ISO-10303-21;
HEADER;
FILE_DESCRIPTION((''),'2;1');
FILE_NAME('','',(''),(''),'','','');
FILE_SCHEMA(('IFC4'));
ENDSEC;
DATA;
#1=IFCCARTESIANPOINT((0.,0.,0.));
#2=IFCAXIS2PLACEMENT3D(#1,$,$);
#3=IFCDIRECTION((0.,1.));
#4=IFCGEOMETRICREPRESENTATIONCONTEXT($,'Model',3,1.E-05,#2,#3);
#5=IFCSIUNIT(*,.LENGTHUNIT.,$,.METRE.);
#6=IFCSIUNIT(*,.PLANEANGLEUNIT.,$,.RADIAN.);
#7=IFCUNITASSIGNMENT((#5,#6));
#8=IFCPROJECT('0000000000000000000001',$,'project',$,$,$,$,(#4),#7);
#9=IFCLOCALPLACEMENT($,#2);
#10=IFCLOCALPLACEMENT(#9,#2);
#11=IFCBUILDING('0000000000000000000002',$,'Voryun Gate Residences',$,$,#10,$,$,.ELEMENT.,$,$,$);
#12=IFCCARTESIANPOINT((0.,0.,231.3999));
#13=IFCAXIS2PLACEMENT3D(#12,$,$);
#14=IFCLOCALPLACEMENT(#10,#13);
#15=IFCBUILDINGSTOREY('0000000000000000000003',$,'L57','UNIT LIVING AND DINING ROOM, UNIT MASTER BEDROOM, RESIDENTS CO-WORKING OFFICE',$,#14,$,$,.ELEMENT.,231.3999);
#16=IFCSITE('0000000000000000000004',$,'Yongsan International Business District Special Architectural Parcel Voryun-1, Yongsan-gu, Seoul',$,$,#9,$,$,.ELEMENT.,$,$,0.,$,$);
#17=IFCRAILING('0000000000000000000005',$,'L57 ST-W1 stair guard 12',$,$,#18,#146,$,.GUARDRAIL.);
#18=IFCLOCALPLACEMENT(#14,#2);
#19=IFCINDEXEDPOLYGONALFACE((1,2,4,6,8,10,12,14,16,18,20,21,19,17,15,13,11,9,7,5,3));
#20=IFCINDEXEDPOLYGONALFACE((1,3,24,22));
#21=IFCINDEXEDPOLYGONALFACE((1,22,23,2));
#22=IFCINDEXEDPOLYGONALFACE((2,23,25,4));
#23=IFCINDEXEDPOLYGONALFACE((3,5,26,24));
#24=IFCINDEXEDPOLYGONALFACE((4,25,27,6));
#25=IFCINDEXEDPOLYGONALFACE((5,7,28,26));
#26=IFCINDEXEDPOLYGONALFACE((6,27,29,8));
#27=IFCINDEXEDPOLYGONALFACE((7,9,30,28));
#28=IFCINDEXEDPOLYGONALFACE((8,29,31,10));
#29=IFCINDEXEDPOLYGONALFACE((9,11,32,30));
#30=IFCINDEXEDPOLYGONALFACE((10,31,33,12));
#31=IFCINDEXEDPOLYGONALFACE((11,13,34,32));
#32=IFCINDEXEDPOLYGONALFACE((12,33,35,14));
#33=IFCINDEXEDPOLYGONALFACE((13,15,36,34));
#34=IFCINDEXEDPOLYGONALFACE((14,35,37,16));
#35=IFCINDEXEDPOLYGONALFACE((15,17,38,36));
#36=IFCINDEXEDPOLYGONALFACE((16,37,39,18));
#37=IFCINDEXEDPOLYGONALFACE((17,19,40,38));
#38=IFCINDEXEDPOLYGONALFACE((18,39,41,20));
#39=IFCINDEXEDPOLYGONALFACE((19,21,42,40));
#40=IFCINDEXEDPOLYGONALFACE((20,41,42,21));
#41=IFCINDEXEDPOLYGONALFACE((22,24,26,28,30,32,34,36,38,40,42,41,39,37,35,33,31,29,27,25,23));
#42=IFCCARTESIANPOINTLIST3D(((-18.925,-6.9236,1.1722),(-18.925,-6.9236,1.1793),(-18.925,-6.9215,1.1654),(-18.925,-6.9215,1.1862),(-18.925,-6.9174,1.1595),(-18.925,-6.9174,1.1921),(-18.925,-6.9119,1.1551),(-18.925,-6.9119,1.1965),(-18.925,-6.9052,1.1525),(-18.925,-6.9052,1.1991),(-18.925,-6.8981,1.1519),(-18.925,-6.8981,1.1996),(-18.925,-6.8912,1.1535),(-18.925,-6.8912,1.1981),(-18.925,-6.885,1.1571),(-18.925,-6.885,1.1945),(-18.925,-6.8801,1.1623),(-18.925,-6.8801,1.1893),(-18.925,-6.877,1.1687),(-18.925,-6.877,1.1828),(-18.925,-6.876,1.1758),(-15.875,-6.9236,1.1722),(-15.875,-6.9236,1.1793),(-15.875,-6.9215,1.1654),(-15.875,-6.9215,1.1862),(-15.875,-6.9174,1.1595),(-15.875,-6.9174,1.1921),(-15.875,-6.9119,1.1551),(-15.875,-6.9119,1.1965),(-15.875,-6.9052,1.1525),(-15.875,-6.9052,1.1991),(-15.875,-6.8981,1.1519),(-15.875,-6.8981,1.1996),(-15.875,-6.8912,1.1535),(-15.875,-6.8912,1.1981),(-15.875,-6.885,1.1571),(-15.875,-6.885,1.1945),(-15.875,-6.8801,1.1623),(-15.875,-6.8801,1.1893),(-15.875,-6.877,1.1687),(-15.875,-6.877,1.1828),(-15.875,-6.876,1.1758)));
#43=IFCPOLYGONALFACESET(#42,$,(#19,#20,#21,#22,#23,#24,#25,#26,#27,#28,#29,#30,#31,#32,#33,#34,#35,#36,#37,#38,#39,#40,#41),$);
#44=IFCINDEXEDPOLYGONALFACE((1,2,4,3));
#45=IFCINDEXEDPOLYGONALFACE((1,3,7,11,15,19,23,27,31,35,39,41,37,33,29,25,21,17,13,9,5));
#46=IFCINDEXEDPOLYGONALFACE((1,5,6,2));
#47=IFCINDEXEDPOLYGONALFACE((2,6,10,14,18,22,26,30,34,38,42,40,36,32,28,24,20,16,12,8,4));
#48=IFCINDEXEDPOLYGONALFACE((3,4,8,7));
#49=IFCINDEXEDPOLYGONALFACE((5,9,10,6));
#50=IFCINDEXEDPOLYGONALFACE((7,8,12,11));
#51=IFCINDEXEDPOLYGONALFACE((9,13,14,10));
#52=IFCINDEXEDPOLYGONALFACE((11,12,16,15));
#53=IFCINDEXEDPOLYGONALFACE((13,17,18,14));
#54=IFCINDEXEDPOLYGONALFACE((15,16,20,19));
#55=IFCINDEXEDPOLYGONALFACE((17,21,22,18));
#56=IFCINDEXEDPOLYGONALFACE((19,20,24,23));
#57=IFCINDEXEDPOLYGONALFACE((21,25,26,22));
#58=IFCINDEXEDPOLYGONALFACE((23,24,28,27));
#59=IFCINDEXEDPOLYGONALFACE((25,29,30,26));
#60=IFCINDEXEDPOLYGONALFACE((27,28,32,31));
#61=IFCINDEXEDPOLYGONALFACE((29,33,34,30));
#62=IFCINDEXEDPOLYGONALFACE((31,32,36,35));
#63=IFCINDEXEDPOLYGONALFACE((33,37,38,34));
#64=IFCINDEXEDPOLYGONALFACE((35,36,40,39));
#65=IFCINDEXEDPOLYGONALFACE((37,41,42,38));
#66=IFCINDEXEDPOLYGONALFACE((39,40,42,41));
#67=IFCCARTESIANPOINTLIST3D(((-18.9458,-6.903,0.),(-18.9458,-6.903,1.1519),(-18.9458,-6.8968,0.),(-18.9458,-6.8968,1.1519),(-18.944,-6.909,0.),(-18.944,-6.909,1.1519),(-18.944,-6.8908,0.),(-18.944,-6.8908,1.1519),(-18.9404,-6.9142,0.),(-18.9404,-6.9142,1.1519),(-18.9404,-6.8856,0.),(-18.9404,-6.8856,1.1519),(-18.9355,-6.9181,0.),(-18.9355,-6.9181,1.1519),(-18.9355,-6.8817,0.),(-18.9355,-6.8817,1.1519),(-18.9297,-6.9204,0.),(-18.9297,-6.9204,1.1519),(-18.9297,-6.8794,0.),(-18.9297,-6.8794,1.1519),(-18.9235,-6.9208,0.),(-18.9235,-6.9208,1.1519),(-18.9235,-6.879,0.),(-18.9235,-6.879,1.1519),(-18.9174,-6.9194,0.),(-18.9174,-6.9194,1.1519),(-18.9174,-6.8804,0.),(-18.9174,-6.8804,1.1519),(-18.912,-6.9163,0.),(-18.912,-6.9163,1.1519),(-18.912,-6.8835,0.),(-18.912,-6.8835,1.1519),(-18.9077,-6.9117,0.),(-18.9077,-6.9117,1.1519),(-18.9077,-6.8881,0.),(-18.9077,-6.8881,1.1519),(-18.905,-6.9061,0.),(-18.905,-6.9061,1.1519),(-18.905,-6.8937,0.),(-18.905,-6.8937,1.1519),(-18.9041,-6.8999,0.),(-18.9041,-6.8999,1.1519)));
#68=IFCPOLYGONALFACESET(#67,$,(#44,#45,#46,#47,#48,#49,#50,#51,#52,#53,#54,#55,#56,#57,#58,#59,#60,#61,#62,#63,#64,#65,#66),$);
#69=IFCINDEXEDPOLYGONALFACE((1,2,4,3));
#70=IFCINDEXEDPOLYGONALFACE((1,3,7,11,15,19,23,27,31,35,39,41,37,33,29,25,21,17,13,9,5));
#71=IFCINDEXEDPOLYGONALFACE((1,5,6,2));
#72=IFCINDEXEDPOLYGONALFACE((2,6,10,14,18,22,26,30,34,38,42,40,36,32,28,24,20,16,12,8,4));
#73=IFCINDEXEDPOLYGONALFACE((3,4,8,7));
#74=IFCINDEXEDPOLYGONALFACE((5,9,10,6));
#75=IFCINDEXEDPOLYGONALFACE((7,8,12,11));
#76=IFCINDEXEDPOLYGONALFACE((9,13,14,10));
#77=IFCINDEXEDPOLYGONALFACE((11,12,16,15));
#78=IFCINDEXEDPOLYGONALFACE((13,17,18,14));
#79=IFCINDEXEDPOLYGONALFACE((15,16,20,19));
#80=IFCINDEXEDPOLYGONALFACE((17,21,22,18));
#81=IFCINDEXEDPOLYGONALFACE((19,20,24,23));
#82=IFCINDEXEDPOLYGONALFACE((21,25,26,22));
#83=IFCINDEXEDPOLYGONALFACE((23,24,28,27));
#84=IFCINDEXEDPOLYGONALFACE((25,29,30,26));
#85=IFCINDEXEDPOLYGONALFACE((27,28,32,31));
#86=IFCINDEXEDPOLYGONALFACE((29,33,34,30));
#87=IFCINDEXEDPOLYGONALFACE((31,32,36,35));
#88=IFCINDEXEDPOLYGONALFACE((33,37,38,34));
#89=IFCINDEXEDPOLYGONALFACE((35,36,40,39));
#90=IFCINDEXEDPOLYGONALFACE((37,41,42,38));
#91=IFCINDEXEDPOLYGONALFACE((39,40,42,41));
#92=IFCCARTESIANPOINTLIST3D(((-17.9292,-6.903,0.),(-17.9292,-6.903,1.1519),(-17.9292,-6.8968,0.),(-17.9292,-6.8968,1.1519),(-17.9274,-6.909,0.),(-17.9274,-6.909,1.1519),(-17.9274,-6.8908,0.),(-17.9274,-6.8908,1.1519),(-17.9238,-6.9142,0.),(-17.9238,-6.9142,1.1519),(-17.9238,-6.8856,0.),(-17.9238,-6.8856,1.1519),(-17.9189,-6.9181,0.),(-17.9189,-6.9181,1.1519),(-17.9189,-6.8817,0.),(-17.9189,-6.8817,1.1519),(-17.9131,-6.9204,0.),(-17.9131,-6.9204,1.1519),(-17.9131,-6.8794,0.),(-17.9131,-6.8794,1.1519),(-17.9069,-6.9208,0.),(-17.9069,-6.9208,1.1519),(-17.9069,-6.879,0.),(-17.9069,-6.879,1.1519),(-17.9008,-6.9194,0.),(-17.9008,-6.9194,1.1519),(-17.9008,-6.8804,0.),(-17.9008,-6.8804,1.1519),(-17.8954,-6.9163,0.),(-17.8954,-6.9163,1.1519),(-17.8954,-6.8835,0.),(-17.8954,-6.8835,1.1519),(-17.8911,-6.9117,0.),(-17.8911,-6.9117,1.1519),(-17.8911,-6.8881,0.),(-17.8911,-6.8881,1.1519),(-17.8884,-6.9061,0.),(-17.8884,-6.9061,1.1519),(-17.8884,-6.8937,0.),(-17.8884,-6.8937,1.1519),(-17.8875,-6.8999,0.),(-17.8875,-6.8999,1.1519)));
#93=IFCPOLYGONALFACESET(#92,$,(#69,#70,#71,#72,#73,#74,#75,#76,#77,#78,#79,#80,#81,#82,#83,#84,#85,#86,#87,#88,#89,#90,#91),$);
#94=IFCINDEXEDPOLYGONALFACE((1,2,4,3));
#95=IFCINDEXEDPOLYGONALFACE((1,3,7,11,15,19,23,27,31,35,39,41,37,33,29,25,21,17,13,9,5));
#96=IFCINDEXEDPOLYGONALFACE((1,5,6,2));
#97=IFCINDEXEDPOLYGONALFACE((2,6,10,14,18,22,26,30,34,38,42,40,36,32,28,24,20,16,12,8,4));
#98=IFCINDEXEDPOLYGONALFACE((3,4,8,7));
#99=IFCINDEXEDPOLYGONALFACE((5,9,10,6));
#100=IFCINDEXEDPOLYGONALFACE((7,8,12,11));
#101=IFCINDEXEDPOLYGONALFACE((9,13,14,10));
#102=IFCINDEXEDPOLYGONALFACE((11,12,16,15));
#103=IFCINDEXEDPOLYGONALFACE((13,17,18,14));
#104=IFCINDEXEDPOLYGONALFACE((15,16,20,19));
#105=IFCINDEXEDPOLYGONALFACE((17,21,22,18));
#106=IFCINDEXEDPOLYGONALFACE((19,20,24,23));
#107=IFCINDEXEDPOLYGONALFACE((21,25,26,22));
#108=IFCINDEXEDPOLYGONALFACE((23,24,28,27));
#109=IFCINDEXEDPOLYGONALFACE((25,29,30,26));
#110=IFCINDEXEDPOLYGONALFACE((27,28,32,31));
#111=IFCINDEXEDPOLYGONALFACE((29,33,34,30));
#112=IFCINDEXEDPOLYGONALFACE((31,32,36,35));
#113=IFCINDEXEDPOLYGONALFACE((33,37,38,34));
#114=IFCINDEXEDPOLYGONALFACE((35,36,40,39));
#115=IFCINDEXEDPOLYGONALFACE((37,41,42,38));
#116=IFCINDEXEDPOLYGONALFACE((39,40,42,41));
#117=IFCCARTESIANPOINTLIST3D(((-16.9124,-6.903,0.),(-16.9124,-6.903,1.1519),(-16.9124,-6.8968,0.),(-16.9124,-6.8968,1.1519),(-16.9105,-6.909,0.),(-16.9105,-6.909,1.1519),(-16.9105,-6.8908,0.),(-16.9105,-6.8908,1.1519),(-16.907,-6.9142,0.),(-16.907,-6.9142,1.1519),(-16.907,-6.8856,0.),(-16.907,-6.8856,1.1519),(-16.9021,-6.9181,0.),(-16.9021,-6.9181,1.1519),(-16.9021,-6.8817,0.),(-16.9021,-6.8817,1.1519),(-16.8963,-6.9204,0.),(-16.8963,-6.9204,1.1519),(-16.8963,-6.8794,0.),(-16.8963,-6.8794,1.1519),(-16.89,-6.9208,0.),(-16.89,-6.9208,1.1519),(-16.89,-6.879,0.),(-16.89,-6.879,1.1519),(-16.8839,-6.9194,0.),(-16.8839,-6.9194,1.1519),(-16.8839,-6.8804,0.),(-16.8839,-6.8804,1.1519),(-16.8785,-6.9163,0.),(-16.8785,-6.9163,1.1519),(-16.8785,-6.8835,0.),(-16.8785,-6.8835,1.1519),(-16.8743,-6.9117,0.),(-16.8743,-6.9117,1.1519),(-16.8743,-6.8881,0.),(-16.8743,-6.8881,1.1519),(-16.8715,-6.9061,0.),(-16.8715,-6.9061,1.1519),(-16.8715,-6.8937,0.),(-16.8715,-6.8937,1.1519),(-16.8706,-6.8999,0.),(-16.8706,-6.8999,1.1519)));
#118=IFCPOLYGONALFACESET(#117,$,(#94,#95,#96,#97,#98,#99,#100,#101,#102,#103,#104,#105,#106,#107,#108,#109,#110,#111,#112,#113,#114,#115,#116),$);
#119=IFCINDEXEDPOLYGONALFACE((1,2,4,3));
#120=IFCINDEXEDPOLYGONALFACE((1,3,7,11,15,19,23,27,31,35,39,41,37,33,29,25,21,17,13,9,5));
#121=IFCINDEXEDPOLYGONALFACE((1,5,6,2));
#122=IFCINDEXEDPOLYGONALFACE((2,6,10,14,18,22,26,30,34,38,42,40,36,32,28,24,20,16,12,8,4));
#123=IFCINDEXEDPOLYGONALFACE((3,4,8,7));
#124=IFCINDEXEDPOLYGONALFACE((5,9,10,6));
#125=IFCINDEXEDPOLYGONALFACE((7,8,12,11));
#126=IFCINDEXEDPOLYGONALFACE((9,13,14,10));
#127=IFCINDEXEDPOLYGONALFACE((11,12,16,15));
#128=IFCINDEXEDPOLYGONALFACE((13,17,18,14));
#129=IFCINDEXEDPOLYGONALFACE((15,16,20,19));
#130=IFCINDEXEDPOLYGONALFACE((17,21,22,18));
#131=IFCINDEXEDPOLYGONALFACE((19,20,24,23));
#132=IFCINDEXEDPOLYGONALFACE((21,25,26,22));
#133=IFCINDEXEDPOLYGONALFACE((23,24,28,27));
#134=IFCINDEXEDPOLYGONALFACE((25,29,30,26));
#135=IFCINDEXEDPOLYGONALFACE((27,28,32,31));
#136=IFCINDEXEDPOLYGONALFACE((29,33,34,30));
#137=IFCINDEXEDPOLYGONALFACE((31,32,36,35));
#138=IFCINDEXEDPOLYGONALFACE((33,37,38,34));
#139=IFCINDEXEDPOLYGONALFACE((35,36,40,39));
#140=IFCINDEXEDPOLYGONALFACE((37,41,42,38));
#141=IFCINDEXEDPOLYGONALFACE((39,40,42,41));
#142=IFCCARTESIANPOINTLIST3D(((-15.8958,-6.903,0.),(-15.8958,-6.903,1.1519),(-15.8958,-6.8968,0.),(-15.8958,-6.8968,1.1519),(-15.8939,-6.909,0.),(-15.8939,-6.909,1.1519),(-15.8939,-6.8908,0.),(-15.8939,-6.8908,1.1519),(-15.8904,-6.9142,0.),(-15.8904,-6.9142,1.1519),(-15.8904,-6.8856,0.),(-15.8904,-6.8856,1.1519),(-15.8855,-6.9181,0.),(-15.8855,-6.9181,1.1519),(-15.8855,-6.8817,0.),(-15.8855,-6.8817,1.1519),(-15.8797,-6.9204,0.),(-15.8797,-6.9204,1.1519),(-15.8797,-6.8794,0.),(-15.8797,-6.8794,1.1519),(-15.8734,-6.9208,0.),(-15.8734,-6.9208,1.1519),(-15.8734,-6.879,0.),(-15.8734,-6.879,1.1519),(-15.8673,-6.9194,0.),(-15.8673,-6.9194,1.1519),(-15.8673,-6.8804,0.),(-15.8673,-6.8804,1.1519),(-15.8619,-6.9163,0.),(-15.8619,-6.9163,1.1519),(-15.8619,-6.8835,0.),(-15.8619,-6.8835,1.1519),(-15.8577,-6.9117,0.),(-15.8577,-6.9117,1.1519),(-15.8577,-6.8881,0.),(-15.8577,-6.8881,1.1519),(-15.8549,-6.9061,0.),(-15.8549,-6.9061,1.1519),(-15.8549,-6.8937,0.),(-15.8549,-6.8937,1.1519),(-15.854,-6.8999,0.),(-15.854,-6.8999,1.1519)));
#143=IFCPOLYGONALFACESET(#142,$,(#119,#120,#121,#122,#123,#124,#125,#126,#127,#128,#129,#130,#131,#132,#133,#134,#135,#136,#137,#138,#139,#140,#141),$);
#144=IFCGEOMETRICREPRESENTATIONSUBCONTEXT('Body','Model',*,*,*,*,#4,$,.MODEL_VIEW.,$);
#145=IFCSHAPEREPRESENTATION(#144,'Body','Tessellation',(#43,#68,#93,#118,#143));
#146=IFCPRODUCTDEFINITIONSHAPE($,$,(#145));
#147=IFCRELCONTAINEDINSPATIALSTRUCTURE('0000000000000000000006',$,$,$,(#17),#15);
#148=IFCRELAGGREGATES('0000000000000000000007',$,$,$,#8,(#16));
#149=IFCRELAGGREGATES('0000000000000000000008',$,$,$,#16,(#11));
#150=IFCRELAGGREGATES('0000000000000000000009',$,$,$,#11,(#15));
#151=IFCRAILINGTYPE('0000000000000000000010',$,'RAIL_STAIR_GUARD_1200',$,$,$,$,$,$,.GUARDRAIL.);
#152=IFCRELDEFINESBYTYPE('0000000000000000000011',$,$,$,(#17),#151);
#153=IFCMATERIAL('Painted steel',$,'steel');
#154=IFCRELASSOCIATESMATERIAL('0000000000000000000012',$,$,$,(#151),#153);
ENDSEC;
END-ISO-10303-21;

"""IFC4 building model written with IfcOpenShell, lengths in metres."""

from ifc_helpers import new_model, si_unit, direction, frame, origin, origin_2d, place, context, subcontext, project, spatial, circle, extrude, material, type_object, element, save


model = new_model("IFC4")

# Units and contexts
model_context = context("Model", 3, precision=1e-05, world=origin(), true_north=direction((0.0, 1.0)))
body_context = subcontext(model_context, "Body", "Model", "MODEL_VIEW")
ifc_project = project(units=[si_unit("LENGTHUNIT", "METRE"), si_unit("PLANEANGLEUNIT", "RADIAN")], contexts=[model_context])

# Site, building, storey
site_placement = place(None, origin())
site = spatial("IfcSite", under=ifc_project, at=site_placement, Name="Yongsan International Business District Special Architectural Parcel Voryun-1, Yongsan-gu, Seoul", CompositionType="ELEMENT", RefElevation=0.0)
building_placement = place(site_placement, origin())
building = spatial("IfcBuilding", under=site, at=building_placement, Name="Voryun Gate Residences", CompositionType="ELEMENT")
storey_placement = place(building_placement, frame((0.0, 0.0, 231.3999)))
storey = spatial("IfcBuildingStorey", under=building, at=storey_placement, Name="L57", Description="UNIT LIVING AND DINING ROOM, UNIT MASTER BEDROOM, RESIDENTS CO-WORKING OFFICE", CompositionType="ELEMENT", Elevation=231.3999)

# Railing
ifc_material_1 = material(Name="Painted steel", Category="steel")
railing_type_1 = type_object("IfcRailingType", Name="RAIL_STAIR_GUARD_1200", PredefinedType="GUARDRAIL", material=ifc_material_1)
railing_1_placement = place(storey_placement, frame((-18.925, -6.8999, 0.0)))
element("IfcRailing", 1, at=railing_1_placement, inside=storey, type_object=railing_type_1, Name="L57 ST-W1 stair guard 12", PredefinedType="GUARDRAIL", context=body_context, shape_type="SweptSolid", body=[
    extrude(circle(Radius=0.0239, at=origin_2d()), frame((0.0, 0.0, 1.1758), z_axis=(1.0, 0.0, 0.0), x_axis=(0.0, 1.0, 0.0)), (0.0, 0.0, 1.0), 3.05),
    extrude(circle(Radius=0.021, at=origin_2d()), origin(), (0.0, 0.0, 1.0), 1.1519),
    extrude(circle(Radius=0.021, at=origin_2d()), frame((1.0166, 0.0, 0.0)), (0.0, 0.0, 1.0), 1.1519),
    extrude(circle(Radius=0.021, at=origin_2d()), frame((2.0334, 0.0, 0.0)), (0.0, 0.0, 1.0), 1.1519),
    extrude(circle(Radius=0.021, at=origin_2d()), frame((3.05, 0.0, 0.0)), (0.0, 0.0, 1.0), 1.1519),
])

save(model, "model.ifc")
